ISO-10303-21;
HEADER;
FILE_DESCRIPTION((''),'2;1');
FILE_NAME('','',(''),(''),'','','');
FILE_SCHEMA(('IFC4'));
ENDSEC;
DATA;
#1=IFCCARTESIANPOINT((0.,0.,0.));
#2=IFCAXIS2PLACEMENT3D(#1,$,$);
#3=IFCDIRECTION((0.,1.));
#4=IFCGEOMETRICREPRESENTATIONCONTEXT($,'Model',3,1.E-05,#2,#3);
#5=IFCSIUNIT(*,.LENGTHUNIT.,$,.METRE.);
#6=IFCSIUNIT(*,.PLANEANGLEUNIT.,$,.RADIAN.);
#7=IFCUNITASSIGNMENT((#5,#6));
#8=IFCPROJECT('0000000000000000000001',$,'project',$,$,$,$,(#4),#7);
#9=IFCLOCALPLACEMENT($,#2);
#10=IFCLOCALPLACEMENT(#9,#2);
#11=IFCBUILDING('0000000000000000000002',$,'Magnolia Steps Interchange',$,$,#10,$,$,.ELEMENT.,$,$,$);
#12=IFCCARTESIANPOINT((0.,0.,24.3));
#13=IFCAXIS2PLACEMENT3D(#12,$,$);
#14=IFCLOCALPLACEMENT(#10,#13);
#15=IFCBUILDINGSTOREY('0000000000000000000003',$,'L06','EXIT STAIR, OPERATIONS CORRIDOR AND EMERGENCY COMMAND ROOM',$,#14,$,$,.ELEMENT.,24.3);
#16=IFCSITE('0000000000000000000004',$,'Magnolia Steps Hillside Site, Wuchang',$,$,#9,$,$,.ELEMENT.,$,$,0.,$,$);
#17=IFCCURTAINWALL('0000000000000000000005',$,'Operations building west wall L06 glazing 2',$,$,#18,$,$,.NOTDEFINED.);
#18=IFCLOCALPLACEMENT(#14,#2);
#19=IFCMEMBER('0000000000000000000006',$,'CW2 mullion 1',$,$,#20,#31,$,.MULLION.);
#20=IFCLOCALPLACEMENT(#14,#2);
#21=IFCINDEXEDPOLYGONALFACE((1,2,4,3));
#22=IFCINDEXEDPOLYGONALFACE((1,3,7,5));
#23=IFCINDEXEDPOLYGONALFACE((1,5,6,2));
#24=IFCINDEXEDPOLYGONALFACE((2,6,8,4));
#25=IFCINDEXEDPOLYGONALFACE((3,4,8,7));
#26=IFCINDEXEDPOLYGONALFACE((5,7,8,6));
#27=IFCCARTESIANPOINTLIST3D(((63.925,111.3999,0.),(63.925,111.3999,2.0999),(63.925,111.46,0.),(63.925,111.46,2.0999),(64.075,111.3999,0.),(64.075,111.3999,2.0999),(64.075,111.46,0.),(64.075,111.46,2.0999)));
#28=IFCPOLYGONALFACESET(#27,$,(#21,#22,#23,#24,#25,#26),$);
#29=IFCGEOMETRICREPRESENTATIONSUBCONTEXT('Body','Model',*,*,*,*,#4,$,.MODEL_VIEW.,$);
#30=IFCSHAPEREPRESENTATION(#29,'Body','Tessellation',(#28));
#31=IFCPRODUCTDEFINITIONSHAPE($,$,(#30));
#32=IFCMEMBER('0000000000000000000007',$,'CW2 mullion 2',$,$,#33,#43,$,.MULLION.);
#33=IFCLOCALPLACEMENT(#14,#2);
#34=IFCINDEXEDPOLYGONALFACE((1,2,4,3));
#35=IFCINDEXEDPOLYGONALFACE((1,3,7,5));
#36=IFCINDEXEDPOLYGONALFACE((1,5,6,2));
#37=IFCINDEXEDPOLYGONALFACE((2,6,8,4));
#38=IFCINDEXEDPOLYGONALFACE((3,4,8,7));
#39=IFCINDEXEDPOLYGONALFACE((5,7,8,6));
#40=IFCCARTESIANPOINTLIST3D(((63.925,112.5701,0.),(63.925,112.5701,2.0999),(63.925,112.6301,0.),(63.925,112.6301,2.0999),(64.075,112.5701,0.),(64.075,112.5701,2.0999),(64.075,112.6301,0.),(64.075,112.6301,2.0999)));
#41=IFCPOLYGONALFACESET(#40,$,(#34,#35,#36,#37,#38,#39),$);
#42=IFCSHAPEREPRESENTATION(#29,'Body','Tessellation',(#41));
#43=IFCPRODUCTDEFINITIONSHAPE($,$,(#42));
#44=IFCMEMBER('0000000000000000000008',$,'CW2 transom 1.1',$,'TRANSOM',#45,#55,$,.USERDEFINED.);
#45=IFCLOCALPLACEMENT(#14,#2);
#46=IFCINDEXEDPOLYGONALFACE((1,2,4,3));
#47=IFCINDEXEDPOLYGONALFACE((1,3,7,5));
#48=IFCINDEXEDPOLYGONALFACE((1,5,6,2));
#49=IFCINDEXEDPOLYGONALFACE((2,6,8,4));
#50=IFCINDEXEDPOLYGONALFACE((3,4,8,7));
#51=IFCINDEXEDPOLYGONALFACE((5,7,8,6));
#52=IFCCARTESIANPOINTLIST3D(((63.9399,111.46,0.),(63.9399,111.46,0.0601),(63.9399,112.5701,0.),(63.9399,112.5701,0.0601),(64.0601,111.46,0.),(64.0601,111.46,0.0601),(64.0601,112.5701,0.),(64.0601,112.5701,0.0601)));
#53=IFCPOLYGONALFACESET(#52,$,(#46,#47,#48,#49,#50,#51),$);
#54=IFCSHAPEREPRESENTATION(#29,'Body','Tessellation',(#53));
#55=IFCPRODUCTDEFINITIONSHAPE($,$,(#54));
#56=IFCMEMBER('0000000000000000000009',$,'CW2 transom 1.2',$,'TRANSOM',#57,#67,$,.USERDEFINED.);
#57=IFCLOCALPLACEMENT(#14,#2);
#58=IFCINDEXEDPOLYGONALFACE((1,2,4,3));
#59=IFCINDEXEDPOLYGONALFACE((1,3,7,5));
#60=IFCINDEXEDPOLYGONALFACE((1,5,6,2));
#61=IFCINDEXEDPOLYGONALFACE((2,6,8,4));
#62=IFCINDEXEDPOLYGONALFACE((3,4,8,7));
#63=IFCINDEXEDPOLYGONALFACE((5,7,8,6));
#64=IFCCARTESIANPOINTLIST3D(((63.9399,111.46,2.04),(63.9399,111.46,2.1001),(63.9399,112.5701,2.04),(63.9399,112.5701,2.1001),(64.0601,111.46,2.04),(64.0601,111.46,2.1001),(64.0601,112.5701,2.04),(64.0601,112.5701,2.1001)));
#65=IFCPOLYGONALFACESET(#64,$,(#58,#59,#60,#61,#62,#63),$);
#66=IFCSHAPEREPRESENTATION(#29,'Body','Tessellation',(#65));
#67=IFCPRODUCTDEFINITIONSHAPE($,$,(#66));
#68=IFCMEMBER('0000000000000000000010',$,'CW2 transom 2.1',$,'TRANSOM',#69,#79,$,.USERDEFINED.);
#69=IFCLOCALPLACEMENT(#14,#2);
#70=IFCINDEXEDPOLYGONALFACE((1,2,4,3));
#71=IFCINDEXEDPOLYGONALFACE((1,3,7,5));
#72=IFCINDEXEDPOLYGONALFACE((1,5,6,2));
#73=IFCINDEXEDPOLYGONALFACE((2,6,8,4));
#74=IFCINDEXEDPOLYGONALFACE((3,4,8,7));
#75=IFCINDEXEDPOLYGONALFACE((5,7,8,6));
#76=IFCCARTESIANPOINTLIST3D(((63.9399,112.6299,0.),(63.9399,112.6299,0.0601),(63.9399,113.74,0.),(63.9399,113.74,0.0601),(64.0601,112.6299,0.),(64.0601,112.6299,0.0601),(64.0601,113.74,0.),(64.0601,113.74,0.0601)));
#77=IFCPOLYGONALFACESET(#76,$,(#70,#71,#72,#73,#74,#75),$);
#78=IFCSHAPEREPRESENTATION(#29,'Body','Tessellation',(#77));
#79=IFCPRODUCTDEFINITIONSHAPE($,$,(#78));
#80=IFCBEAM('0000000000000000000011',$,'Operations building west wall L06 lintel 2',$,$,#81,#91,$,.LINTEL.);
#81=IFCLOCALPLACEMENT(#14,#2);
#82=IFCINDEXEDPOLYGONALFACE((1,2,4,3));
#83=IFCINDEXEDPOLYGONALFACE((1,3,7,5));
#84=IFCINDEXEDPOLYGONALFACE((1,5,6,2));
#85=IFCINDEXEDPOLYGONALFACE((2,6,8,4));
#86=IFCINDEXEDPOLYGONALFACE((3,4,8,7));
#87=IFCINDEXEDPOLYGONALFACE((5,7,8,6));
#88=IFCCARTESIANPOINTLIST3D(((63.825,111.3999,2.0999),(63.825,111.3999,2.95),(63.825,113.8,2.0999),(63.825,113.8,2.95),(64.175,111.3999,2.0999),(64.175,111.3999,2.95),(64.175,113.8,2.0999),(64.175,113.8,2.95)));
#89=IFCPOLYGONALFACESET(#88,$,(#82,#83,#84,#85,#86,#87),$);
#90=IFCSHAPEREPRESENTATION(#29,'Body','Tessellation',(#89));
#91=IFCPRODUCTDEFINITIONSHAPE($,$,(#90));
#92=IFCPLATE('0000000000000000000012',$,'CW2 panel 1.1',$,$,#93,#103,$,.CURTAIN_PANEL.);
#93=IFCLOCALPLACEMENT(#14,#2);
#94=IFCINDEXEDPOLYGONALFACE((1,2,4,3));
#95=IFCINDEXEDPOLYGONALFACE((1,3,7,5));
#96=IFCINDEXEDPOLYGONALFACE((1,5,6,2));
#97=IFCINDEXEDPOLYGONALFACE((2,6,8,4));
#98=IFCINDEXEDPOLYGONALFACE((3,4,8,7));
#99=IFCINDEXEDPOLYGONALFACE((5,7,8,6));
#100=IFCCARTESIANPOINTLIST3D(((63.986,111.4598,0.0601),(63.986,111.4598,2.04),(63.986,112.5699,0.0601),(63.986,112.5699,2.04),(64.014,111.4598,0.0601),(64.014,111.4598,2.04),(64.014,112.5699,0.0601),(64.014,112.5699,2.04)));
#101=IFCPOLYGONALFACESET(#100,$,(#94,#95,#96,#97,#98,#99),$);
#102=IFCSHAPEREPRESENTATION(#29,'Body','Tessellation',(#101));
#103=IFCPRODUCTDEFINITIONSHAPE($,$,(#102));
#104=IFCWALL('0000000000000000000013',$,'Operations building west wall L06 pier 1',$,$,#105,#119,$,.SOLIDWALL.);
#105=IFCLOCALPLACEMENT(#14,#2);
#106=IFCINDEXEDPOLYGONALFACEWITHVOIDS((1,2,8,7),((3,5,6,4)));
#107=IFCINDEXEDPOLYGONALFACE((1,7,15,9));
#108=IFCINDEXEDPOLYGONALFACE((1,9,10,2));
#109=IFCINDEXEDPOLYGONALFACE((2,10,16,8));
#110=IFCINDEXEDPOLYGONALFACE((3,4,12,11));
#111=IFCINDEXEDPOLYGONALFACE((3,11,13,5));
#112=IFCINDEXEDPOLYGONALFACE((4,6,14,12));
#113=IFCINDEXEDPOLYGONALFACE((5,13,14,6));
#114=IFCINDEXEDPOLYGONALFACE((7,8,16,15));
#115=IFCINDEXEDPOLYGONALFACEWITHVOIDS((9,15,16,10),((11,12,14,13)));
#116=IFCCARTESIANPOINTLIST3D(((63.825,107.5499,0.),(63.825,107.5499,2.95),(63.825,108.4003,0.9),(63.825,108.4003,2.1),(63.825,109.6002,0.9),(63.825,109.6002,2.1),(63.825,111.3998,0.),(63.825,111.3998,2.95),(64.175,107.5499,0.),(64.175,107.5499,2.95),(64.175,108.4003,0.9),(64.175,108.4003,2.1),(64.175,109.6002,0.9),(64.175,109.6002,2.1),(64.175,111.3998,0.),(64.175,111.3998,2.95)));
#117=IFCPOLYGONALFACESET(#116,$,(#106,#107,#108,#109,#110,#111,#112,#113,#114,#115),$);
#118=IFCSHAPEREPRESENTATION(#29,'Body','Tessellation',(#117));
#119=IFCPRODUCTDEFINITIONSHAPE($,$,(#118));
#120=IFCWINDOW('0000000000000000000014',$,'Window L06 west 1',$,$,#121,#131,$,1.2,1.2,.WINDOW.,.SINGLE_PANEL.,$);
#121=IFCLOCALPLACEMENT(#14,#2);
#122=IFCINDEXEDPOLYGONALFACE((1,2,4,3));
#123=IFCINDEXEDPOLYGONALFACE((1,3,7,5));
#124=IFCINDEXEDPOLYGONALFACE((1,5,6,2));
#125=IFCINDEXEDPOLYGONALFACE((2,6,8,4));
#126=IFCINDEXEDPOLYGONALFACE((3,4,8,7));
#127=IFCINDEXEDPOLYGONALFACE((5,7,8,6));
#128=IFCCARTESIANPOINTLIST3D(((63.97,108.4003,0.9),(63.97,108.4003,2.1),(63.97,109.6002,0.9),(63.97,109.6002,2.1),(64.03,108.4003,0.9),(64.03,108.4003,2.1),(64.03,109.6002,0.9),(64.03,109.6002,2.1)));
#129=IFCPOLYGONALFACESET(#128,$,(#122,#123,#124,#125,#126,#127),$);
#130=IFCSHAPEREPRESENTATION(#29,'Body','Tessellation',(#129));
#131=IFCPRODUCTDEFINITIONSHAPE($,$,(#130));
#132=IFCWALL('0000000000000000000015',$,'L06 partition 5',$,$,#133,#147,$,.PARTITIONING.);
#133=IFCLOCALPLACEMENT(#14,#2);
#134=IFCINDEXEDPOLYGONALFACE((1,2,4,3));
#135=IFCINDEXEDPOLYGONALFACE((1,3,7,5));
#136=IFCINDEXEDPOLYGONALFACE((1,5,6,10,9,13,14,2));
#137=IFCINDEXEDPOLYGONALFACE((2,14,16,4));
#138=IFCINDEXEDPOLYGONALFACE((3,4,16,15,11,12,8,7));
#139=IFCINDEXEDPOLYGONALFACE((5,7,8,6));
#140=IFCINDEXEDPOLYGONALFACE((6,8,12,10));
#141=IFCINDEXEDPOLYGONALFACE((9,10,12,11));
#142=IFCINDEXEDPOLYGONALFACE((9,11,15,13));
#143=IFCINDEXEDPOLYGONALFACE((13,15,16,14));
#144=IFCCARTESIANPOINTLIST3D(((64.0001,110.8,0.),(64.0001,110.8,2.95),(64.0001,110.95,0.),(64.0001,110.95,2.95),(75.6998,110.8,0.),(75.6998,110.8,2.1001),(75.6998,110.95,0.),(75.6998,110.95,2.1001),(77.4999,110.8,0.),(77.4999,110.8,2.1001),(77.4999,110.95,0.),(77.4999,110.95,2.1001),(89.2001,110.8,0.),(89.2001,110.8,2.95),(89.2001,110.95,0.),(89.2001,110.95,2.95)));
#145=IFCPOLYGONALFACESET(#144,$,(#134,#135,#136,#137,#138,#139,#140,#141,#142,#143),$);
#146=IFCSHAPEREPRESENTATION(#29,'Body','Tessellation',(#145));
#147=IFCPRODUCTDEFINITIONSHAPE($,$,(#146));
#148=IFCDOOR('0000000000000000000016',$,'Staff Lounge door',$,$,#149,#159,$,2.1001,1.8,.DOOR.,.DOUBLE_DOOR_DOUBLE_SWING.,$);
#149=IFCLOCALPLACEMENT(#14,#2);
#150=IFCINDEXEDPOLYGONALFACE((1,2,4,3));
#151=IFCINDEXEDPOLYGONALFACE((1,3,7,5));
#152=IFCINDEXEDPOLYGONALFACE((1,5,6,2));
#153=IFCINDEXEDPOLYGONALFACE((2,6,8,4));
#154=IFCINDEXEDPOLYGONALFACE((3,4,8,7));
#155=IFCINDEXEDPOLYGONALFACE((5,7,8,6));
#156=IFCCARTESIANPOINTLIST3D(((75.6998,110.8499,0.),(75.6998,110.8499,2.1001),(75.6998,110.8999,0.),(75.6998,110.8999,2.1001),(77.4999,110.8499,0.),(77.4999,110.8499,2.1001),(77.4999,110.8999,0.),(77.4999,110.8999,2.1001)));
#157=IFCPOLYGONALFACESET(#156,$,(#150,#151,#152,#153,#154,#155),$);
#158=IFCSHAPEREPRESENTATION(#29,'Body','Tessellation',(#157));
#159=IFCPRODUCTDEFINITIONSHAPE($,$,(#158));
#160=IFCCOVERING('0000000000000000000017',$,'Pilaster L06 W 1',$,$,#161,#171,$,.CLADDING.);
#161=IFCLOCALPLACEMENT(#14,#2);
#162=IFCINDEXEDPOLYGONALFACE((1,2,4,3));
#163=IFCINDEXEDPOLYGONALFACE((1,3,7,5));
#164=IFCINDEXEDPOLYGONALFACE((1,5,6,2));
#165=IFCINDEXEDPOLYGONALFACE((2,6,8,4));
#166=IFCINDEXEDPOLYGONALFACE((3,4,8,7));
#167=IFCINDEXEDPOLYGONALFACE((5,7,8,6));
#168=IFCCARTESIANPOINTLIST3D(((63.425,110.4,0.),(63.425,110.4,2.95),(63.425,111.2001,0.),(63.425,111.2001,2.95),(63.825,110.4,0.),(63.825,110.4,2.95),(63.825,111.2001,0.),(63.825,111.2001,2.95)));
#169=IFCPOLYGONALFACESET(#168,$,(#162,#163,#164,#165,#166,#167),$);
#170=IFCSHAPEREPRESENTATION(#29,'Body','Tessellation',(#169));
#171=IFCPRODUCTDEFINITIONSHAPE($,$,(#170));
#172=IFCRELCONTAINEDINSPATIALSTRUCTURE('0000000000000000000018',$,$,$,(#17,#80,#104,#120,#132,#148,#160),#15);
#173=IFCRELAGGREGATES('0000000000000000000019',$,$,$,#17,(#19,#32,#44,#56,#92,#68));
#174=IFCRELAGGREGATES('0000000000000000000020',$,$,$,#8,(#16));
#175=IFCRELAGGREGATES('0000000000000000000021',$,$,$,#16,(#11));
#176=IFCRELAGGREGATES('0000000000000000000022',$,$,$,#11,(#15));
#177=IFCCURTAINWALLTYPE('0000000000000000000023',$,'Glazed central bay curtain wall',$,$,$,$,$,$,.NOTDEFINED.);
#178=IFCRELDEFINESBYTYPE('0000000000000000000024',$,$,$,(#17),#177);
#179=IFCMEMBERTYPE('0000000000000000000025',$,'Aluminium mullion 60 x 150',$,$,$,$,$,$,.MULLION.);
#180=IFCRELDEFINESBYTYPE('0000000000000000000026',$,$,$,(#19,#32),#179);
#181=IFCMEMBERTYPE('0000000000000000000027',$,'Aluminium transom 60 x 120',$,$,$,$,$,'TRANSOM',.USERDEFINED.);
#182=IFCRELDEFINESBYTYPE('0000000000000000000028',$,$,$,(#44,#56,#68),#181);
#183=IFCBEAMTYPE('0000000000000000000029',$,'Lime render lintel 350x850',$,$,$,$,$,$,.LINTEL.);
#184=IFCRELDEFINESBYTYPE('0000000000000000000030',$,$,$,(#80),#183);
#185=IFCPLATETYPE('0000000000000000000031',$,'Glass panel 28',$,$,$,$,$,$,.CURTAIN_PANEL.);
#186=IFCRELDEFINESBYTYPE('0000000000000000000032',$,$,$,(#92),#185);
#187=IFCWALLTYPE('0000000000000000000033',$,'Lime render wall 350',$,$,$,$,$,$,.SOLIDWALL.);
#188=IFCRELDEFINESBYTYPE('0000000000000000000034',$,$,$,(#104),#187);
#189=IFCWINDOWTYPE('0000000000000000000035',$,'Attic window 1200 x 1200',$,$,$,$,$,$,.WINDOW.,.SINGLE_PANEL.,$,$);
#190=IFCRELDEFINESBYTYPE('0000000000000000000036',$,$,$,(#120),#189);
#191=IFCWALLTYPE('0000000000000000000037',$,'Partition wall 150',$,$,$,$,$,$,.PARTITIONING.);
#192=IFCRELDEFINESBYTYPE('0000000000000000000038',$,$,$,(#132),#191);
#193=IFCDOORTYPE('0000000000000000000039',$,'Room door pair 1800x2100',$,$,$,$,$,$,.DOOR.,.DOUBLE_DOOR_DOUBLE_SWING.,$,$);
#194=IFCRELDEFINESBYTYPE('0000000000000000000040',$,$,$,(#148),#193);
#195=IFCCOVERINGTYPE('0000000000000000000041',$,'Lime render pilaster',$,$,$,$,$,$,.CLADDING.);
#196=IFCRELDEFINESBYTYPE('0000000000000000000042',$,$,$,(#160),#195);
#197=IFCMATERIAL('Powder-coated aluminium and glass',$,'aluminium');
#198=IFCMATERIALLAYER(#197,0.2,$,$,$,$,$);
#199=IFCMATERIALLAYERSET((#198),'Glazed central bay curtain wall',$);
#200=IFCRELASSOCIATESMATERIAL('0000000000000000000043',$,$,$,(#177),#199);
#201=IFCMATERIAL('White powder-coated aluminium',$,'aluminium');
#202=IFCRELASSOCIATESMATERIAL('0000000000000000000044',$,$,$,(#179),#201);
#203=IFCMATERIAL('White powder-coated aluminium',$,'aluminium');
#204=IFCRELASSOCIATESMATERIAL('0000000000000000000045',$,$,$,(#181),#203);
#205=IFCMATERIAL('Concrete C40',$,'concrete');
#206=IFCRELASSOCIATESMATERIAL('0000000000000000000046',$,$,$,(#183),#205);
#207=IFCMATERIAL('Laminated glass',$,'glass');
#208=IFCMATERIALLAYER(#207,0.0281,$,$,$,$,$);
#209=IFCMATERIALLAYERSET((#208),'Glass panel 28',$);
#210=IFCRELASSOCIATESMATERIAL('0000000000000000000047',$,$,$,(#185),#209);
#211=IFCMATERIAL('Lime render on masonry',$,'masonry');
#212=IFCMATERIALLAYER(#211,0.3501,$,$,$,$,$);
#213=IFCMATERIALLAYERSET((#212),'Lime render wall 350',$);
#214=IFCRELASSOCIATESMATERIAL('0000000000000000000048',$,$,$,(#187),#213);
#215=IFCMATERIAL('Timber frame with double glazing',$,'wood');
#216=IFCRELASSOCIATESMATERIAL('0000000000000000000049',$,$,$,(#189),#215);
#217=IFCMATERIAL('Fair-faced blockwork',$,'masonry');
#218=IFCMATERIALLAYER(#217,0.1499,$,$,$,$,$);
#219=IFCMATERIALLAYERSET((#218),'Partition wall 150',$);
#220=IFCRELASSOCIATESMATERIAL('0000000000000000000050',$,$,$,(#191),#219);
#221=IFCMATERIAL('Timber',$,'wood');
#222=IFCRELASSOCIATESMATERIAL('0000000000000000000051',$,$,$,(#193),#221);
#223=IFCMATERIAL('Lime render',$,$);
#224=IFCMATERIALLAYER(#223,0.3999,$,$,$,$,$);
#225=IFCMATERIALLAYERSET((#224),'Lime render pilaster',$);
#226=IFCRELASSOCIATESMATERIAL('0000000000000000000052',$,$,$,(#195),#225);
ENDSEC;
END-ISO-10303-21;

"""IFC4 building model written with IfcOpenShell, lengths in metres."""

from ifc_helpers import new_model, si_unit, direction, frame, frame_2d, origin, origin_2d, place, context, subcontext, project, spatial, rectangle, extrude, material, layer, layer_set, material_profile, profile_set, type_object, element, fill, aggregate, save


model = new_model("IFC4")

# Units and contexts
model_context = context("Model", 3, precision=1e-05, world=origin(), true_north=direction((0.0, 1.0)))
body_context = subcontext(model_context, "Body", "Model", "MODEL_VIEW")
ifc_project = project(units=[si_unit("LENGTHUNIT", "METRE"), si_unit("PLANEANGLEUNIT", "RADIAN")], contexts=[model_context])

# Site, building, storey
site_placement = place(None, origin())
site = spatial("IfcSite", under=ifc_project, at=site_placement, Name="Magnolia Steps Hillside Site, Wuchang", CompositionType="ELEMENT", RefElevation=0.0)
building_placement = place(site_placement, origin())
building = spatial("IfcBuilding", under=site, at=building_placement, Name="Magnolia Steps Interchange", CompositionType="ELEMENT")
storey_placement = place(building_placement, frame((0.0, 0.0, 24.3)))
storey = spatial("IfcBuildingStorey", under=building, at=storey_placement, Name="L06", Description="EXIT STAIR, OPERATIONS CORRIDOR AND EMERGENCY COMMAND ROOM", CompositionType="ELEMENT", Elevation=24.3)

# Curtain wall, members
ifc_material_1 = material(Name="Powder-coated aluminium and glass", Category="aluminium")
ifc_layer_1 = layer(ifc_material_1, 0.2)
ifc_layer_set_1 = layer_set([ifc_layer_1], Name="Glazed central bay curtain wall")
curtain_wall_type = type_object("IfcCurtainWallType", Name="Glazed central bay curtain wall", PredefinedType="NOTDEFINED", material=ifc_layer_set_1)
curtain_wall_placement = place(storey_placement, origin())
curtain_wall = element("IfcCurtainWall", 1, at=curtain_wall_placement, inside=storey, type_object=curtain_wall_type, Name="Operations building west wall L06 glazing 2", PredefinedType="NOTDEFINED")
ifc_material_2 = material(Name="White powder-coated aluminium", Category="aluminium")
ifc_material_profile_1 = material_profile(ifc_material_2, rectangle(XDim=0.0601, YDim=0.1499, at=origin_2d()), Name="Aluminium mullion 60 x 150")
ifc_profile_set_1 = profile_set([ifc_material_profile_1], Name="White powder-coated aluminium")
member_type_1 = type_object("IfcMemberType", Name="Aluminium mullion 60 x 150", PredefinedType="MULLION", material=ifc_profile_set_1)
member_1_placement = place(storey_placement, frame((64.0, 111.4299, 0.0), z_axis=(0.0, 0.0, 1.0), x_axis=(0.0, 1.0, 0.0)))
member_1 = element("IfcMember", 2, at=member_1_placement, type_object=member_type_1, Name="CW2 mullion 1", PredefinedType="MULLION", context=body_context, shape_type="SweptSolid", body=[
    extrude(rectangle(XDim=0.0601, YDim=0.1499, at=origin_2d()), origin(), (0.0, 0.0, 1.0), 2.0999),
])
member_2_placement = place(storey_placement, frame((64.0, 112.6001, 0.0), z_axis=(0.0, 0.0, 1.0), x_axis=(0.0, 1.0, 0.0)))
member_2 = element("IfcMember", 3, at=member_2_placement, type_object=member_type_1, Name="CW2 mullion 2", PredefinedType="MULLION", context=body_context, shape_type="SweptSolid", body=[
    extrude(rectangle(XDim=0.0601, YDim=0.1499, at=origin_2d()), origin(), (0.0, 0.0, 1.0), 2.0999),
])
ifc_material_3 = material(Name="White powder-coated aluminium", Category="aluminium")
ifc_material_profile_2 = material_profile(ifc_material_3, rectangle(XDim=0.0601, YDim=0.1201, at=origin_2d()), Name="Aluminium transom 60 x 120")
ifc_profile_set_2 = profile_set([ifc_material_profile_2], Name="White powder-coated aluminium")
member_type_2 = type_object("IfcMemberType", Name="Aluminium transom 60 x 120", ElementType="TRANSOM", PredefinedType="USERDEFINED", material=ifc_profile_set_2)
member_3_placement = place(storey_placement, frame((64.0, 111.46, 0.03), z_axis=(0.0, 1.0, 0.0), x_axis=(0.0, 0.0, 1.0)))
member_3 = element("IfcMember", 4, at=member_3_placement, type_object=member_type_2, Name="CW2 transom 1.1", ObjectType="TRANSOM", PredefinedType="USERDEFINED", context=body_context, shape_type="SweptSolid", body=[
    extrude(rectangle(XDim=0.0601, YDim=0.1201, at=origin_2d()), origin(), (0.0, 0.0, 1.0), 1.1101),
])
member_4_placement = place(storey_placement, frame((64.0, 111.46, 2.0701), z_axis=(0.0, 1.0, 0.0), x_axis=(0.0, 0.0, 1.0)))
member_4 = element("IfcMember", 5, at=member_4_placement, type_object=member_type_2, Name="CW2 transom 1.2", ObjectType="TRANSOM", PredefinedType="USERDEFINED", context=body_context, shape_type="SweptSolid", body=[
    extrude(rectangle(XDim=0.0601, YDim=0.1201, at=origin_2d()), origin(), (0.0, 0.0, 1.0), 1.1101),
])
member_5_placement = place(storey_placement, frame((64.0, 112.6299, 0.03), z_axis=(0.0, 1.0, 0.0), x_axis=(0.0, 0.0, 1.0)))
member_5 = element("IfcMember", 6, at=member_5_placement, type_object=member_type_2, Name="CW2 transom 2.1", ObjectType="TRANSOM", PredefinedType="USERDEFINED", context=body_context, shape_type="SweptSolid", body=[
    extrude(rectangle(XDim=0.0601, YDim=0.1201, at=origin_2d()), origin(), (0.0, 0.0, 1.0), 1.1101),
])

# Beam
ifc_material_4 = material(Name="Concrete C40", Category="concrete")
ifc_material_profile_3 = material_profile(ifc_material_4, rectangle(XDim=0.3501, YDim=0.8501, at=origin_2d()), Name="RC350x850")
ifc_profile_set_3 = profile_set([ifc_material_profile_3], Name="Concrete C40")
beam_type = type_object("IfcBeamType", Name="Lime render lintel 350x850", PredefinedType="LINTEL", material=ifc_profile_set_3)
beam_placement = place(storey_placement, frame((64.0, 111.3999, 2.5249), z_axis=(0.0, 1.0, 0.0), x_axis=(-1.0, 0.0, 0.0)))
element("IfcBeam", 7, at=beam_placement, inside=storey, type_object=beam_type, Name="Operations building west wall L06 lintel 2", PredefinedType="LINTEL", context=body_context, shape_type="SweptSolid", body=[
    extrude(rectangle(XDim=0.3501, YDim=0.8501, at=origin_2d()), origin(), (0.0, 0.0, 1.0), 2.4001),
])

# Plate
ifc_material_5 = material(Name="Laminated glass", Category="glass")
ifc_layer_2 = layer(ifc_material_5, 0.0281)
ifc_layer_set_2 = layer_set([ifc_layer_2], Name="Glass panel 28")
plate_type = type_object("IfcPlateType", Name="Glass panel 28", PredefinedType="CURTAIN_PANEL", material=ifc_layer_set_2)
plate_placement = place(storey_placement, frame((64.0, 112.0149, 0.0601), z_axis=(0.0, 0.0, 1.0), x_axis=(0.0, 1.0, 0.0)))
plate = element("IfcPlate", 8, at=plate_placement, type_object=plate_type, Name="CW2 panel 1.1", PredefinedType="CURTAIN_PANEL", context=body_context, shape_type="SweptSolid", body=[
    extrude(rectangle(XDim=1.1101, YDim=0.0281, at=origin_2d()), origin(), (0.0, 0.0, 1.0), 1.98),
])
aggregate(curtain_wall, [member_1, member_2, member_3, member_4, plate, member_5])

# Wall, opening, window
ifc_material_6 = material(Name="Lime render on masonry", Category="masonry")
ifc_layer_3 = layer(ifc_material_6, 0.3501)
ifc_layer_set_3 = layer_set([ifc_layer_3], Name="Lime render wall 350")
wall_type_1 = type_object("IfcWallType", Name="Lime render wall 350", PredefinedType="SOLIDWALL", material=ifc_layer_set_3)
wall_1_placement = place(storey_placement, frame((64.0, 107.55, 0.0), z_axis=(0.0, 0.0, 1.0), x_axis=(0.0, 1.0, 0.0)))
wall_1 = element("IfcWall", 9, at=wall_1_placement, inside=storey, type_object=wall_type_1, Name="Operations building west wall L06 pier 1", PredefinedType="SOLIDWALL", context=body_context, shape_type="SweptSolid", body=[
    extrude(rectangle(XDim=3.8499, YDim=0.3501, at=frame_2d((1.9248, 0.0))), origin(), (0.0, 0.0, 1.0), 2.95),
])
opening_1_placement = place(wall_1_placement, frame((0.8501, 0.0, 0.8999)))
opening_1 = element("IfcOpeningElement", 10, at=opening_1_placement, cuts=wall_1, PredefinedType="OPENING", context=body_context, shape_type="SweptSolid", body=[
    extrude(rectangle(XDim=1.2, YDim=1.2, at=frame_2d((0.6001, 0.6001))), frame((0.0, 0.1851, 0.0), z_axis=(0.0, -1.0, 0.0), x_axis=(1.0, 0.0, 0.0)), (0.0, 0.0, 1.0), 0.3701),
])
ifc_material_7 = material(Name="Timber frame with double glazing", Category="wood")
window_type = type_object("IfcWindowType", Name="Attic window 1200 x 1200", PartitioningType="SINGLE_PANEL", PredefinedType="WINDOW", material=ifc_material_7)
window_placement = place(opening_1_placement, origin())
window = element("IfcWindow", 11, at=window_placement, inside=storey, type_object=window_type, Name="Window L06 west 1", OverallHeight=1.2, OverallWidth=1.2, PartitioningType="SINGLE_PANEL", PredefinedType="WINDOW", context=body_context, shape_type="SweptSolid", body=[
    extrude(rectangle(XDim=1.2, YDim=1.2, at=frame_2d((0.6001, 0.6001))), frame((0.0, 0.03, 0.0), z_axis=(0.0, -1.0, 0.0), x_axis=(1.0, 0.0, 0.0)), (0.0, 0.0, 1.0), 0.0601),
])
fill(opening_1, window)

# Wall, opening, door
ifc_material_8 = material(Name="Fair-faced blockwork", Category="masonry")
ifc_layer_4 = layer(ifc_material_8, 0.1499)
ifc_layer_set_4 = layer_set([ifc_layer_4], Name="Partition wall 150")
wall_type_2 = type_object("IfcWallType", Name="Partition wall 150", PredefinedType="PARTITIONING", material=ifc_layer_set_4)
wall_2_placement = place(storey_placement, frame((64.0, 110.875, 0.0), z_axis=(0.0, 0.0, 1.0), x_axis=(1.0, 0.0, 0.0)))
wall_2 = element("IfcWall", 12, at=wall_2_placement, inside=storey, type_object=wall_type_2, Name="L06 partition 5", PredefinedType="PARTITIONING", context=body_context, shape_type="SweptSolid", body=[
    extrude(rectangle(XDim=25.2, YDim=0.1499, at=frame_2d((12.6001, 0.0))), origin(), (0.0, 0.0, 1.0), 2.95),
])
opening_2_placement = place(wall_2_placement, frame((11.7, 0.0, 0.0)))
opening_2 = element("IfcOpeningElement", 13, at=opening_2_placement, cuts=wall_2, PredefinedType="OPENING", context=body_context, shape_type="SweptSolid", body=[
    extrude(rectangle(XDim=1.8, YDim=2.1001, at=frame_2d((0.8999, 1.05))), frame((0.0, 0.085, 0.0), z_axis=(0.0, -1.0, 0.0), x_axis=(1.0, 0.0, 0.0)), (0.0, 0.0, 1.0), 0.1699),
])
ifc_material_9 = material(Name="Timber", Category="wood")
door_type = type_object("IfcDoorType", Name="Room door pair 1800x2100", OperationType="DOUBLE_DOOR_DOUBLE_SWING", PredefinedType="DOOR", material=ifc_material_9)
door_placement = place(opening_2_placement, origin())
door = element("IfcDoor", 14, at=door_placement, inside=storey, type_object=door_type, Name="Staff Lounge door", OperationType="DOUBLE_DOOR_DOUBLE_SWING", OverallHeight=2.1001, OverallWidth=1.8, PredefinedType="DOOR", context=body_context, shape_type="SweptSolid", body=[
    extrude(rectangle(XDim=1.8, YDim=2.1001, at=frame_2d((0.8999, 1.05))), frame((0.0, 0.0249, 0.0), z_axis=(0.0, -1.0, 0.0), x_axis=(1.0, 0.0, 0.0)), (0.0, 0.0, 1.0), 0.05),
])
fill(opening_2, door)

# Covering
ifc_material_10 = material(Name="Lime render")
ifc_layer_5 = layer(ifc_material_10, 0.3999)
ifc_layer_set_5 = layer_set([ifc_layer_5], Name="Lime render pilaster")
covering_type_1 = type_object("IfcCoveringType", Name="Lime render pilaster", PredefinedType="CLADDING", material=ifc_layer_set_5)
for number, where, z_axis, x_axis, name in (
    (15, (63.625, 110.8, 0.0), (0.0, 0.0, 1.0), (1.0, 0.0, 0.0), "Pilaster L06 W 1"),
):
    element("IfcCovering", number, at=place(storey_placement, frame(where, z_axis=z_axis, x_axis=x_axis)), inside=storey, type_object=covering_type_1, Name=name, PredefinedType="CLADDING", context=body_context, shape_type="SweptSolid", body=[
        extrude(rectangle(XDim=0.3999, YDim=0.8, at=origin_2d()), origin(), (0.0, 0.0, 1.0), 2.95),
    ])

save(model, "model.ifc")
